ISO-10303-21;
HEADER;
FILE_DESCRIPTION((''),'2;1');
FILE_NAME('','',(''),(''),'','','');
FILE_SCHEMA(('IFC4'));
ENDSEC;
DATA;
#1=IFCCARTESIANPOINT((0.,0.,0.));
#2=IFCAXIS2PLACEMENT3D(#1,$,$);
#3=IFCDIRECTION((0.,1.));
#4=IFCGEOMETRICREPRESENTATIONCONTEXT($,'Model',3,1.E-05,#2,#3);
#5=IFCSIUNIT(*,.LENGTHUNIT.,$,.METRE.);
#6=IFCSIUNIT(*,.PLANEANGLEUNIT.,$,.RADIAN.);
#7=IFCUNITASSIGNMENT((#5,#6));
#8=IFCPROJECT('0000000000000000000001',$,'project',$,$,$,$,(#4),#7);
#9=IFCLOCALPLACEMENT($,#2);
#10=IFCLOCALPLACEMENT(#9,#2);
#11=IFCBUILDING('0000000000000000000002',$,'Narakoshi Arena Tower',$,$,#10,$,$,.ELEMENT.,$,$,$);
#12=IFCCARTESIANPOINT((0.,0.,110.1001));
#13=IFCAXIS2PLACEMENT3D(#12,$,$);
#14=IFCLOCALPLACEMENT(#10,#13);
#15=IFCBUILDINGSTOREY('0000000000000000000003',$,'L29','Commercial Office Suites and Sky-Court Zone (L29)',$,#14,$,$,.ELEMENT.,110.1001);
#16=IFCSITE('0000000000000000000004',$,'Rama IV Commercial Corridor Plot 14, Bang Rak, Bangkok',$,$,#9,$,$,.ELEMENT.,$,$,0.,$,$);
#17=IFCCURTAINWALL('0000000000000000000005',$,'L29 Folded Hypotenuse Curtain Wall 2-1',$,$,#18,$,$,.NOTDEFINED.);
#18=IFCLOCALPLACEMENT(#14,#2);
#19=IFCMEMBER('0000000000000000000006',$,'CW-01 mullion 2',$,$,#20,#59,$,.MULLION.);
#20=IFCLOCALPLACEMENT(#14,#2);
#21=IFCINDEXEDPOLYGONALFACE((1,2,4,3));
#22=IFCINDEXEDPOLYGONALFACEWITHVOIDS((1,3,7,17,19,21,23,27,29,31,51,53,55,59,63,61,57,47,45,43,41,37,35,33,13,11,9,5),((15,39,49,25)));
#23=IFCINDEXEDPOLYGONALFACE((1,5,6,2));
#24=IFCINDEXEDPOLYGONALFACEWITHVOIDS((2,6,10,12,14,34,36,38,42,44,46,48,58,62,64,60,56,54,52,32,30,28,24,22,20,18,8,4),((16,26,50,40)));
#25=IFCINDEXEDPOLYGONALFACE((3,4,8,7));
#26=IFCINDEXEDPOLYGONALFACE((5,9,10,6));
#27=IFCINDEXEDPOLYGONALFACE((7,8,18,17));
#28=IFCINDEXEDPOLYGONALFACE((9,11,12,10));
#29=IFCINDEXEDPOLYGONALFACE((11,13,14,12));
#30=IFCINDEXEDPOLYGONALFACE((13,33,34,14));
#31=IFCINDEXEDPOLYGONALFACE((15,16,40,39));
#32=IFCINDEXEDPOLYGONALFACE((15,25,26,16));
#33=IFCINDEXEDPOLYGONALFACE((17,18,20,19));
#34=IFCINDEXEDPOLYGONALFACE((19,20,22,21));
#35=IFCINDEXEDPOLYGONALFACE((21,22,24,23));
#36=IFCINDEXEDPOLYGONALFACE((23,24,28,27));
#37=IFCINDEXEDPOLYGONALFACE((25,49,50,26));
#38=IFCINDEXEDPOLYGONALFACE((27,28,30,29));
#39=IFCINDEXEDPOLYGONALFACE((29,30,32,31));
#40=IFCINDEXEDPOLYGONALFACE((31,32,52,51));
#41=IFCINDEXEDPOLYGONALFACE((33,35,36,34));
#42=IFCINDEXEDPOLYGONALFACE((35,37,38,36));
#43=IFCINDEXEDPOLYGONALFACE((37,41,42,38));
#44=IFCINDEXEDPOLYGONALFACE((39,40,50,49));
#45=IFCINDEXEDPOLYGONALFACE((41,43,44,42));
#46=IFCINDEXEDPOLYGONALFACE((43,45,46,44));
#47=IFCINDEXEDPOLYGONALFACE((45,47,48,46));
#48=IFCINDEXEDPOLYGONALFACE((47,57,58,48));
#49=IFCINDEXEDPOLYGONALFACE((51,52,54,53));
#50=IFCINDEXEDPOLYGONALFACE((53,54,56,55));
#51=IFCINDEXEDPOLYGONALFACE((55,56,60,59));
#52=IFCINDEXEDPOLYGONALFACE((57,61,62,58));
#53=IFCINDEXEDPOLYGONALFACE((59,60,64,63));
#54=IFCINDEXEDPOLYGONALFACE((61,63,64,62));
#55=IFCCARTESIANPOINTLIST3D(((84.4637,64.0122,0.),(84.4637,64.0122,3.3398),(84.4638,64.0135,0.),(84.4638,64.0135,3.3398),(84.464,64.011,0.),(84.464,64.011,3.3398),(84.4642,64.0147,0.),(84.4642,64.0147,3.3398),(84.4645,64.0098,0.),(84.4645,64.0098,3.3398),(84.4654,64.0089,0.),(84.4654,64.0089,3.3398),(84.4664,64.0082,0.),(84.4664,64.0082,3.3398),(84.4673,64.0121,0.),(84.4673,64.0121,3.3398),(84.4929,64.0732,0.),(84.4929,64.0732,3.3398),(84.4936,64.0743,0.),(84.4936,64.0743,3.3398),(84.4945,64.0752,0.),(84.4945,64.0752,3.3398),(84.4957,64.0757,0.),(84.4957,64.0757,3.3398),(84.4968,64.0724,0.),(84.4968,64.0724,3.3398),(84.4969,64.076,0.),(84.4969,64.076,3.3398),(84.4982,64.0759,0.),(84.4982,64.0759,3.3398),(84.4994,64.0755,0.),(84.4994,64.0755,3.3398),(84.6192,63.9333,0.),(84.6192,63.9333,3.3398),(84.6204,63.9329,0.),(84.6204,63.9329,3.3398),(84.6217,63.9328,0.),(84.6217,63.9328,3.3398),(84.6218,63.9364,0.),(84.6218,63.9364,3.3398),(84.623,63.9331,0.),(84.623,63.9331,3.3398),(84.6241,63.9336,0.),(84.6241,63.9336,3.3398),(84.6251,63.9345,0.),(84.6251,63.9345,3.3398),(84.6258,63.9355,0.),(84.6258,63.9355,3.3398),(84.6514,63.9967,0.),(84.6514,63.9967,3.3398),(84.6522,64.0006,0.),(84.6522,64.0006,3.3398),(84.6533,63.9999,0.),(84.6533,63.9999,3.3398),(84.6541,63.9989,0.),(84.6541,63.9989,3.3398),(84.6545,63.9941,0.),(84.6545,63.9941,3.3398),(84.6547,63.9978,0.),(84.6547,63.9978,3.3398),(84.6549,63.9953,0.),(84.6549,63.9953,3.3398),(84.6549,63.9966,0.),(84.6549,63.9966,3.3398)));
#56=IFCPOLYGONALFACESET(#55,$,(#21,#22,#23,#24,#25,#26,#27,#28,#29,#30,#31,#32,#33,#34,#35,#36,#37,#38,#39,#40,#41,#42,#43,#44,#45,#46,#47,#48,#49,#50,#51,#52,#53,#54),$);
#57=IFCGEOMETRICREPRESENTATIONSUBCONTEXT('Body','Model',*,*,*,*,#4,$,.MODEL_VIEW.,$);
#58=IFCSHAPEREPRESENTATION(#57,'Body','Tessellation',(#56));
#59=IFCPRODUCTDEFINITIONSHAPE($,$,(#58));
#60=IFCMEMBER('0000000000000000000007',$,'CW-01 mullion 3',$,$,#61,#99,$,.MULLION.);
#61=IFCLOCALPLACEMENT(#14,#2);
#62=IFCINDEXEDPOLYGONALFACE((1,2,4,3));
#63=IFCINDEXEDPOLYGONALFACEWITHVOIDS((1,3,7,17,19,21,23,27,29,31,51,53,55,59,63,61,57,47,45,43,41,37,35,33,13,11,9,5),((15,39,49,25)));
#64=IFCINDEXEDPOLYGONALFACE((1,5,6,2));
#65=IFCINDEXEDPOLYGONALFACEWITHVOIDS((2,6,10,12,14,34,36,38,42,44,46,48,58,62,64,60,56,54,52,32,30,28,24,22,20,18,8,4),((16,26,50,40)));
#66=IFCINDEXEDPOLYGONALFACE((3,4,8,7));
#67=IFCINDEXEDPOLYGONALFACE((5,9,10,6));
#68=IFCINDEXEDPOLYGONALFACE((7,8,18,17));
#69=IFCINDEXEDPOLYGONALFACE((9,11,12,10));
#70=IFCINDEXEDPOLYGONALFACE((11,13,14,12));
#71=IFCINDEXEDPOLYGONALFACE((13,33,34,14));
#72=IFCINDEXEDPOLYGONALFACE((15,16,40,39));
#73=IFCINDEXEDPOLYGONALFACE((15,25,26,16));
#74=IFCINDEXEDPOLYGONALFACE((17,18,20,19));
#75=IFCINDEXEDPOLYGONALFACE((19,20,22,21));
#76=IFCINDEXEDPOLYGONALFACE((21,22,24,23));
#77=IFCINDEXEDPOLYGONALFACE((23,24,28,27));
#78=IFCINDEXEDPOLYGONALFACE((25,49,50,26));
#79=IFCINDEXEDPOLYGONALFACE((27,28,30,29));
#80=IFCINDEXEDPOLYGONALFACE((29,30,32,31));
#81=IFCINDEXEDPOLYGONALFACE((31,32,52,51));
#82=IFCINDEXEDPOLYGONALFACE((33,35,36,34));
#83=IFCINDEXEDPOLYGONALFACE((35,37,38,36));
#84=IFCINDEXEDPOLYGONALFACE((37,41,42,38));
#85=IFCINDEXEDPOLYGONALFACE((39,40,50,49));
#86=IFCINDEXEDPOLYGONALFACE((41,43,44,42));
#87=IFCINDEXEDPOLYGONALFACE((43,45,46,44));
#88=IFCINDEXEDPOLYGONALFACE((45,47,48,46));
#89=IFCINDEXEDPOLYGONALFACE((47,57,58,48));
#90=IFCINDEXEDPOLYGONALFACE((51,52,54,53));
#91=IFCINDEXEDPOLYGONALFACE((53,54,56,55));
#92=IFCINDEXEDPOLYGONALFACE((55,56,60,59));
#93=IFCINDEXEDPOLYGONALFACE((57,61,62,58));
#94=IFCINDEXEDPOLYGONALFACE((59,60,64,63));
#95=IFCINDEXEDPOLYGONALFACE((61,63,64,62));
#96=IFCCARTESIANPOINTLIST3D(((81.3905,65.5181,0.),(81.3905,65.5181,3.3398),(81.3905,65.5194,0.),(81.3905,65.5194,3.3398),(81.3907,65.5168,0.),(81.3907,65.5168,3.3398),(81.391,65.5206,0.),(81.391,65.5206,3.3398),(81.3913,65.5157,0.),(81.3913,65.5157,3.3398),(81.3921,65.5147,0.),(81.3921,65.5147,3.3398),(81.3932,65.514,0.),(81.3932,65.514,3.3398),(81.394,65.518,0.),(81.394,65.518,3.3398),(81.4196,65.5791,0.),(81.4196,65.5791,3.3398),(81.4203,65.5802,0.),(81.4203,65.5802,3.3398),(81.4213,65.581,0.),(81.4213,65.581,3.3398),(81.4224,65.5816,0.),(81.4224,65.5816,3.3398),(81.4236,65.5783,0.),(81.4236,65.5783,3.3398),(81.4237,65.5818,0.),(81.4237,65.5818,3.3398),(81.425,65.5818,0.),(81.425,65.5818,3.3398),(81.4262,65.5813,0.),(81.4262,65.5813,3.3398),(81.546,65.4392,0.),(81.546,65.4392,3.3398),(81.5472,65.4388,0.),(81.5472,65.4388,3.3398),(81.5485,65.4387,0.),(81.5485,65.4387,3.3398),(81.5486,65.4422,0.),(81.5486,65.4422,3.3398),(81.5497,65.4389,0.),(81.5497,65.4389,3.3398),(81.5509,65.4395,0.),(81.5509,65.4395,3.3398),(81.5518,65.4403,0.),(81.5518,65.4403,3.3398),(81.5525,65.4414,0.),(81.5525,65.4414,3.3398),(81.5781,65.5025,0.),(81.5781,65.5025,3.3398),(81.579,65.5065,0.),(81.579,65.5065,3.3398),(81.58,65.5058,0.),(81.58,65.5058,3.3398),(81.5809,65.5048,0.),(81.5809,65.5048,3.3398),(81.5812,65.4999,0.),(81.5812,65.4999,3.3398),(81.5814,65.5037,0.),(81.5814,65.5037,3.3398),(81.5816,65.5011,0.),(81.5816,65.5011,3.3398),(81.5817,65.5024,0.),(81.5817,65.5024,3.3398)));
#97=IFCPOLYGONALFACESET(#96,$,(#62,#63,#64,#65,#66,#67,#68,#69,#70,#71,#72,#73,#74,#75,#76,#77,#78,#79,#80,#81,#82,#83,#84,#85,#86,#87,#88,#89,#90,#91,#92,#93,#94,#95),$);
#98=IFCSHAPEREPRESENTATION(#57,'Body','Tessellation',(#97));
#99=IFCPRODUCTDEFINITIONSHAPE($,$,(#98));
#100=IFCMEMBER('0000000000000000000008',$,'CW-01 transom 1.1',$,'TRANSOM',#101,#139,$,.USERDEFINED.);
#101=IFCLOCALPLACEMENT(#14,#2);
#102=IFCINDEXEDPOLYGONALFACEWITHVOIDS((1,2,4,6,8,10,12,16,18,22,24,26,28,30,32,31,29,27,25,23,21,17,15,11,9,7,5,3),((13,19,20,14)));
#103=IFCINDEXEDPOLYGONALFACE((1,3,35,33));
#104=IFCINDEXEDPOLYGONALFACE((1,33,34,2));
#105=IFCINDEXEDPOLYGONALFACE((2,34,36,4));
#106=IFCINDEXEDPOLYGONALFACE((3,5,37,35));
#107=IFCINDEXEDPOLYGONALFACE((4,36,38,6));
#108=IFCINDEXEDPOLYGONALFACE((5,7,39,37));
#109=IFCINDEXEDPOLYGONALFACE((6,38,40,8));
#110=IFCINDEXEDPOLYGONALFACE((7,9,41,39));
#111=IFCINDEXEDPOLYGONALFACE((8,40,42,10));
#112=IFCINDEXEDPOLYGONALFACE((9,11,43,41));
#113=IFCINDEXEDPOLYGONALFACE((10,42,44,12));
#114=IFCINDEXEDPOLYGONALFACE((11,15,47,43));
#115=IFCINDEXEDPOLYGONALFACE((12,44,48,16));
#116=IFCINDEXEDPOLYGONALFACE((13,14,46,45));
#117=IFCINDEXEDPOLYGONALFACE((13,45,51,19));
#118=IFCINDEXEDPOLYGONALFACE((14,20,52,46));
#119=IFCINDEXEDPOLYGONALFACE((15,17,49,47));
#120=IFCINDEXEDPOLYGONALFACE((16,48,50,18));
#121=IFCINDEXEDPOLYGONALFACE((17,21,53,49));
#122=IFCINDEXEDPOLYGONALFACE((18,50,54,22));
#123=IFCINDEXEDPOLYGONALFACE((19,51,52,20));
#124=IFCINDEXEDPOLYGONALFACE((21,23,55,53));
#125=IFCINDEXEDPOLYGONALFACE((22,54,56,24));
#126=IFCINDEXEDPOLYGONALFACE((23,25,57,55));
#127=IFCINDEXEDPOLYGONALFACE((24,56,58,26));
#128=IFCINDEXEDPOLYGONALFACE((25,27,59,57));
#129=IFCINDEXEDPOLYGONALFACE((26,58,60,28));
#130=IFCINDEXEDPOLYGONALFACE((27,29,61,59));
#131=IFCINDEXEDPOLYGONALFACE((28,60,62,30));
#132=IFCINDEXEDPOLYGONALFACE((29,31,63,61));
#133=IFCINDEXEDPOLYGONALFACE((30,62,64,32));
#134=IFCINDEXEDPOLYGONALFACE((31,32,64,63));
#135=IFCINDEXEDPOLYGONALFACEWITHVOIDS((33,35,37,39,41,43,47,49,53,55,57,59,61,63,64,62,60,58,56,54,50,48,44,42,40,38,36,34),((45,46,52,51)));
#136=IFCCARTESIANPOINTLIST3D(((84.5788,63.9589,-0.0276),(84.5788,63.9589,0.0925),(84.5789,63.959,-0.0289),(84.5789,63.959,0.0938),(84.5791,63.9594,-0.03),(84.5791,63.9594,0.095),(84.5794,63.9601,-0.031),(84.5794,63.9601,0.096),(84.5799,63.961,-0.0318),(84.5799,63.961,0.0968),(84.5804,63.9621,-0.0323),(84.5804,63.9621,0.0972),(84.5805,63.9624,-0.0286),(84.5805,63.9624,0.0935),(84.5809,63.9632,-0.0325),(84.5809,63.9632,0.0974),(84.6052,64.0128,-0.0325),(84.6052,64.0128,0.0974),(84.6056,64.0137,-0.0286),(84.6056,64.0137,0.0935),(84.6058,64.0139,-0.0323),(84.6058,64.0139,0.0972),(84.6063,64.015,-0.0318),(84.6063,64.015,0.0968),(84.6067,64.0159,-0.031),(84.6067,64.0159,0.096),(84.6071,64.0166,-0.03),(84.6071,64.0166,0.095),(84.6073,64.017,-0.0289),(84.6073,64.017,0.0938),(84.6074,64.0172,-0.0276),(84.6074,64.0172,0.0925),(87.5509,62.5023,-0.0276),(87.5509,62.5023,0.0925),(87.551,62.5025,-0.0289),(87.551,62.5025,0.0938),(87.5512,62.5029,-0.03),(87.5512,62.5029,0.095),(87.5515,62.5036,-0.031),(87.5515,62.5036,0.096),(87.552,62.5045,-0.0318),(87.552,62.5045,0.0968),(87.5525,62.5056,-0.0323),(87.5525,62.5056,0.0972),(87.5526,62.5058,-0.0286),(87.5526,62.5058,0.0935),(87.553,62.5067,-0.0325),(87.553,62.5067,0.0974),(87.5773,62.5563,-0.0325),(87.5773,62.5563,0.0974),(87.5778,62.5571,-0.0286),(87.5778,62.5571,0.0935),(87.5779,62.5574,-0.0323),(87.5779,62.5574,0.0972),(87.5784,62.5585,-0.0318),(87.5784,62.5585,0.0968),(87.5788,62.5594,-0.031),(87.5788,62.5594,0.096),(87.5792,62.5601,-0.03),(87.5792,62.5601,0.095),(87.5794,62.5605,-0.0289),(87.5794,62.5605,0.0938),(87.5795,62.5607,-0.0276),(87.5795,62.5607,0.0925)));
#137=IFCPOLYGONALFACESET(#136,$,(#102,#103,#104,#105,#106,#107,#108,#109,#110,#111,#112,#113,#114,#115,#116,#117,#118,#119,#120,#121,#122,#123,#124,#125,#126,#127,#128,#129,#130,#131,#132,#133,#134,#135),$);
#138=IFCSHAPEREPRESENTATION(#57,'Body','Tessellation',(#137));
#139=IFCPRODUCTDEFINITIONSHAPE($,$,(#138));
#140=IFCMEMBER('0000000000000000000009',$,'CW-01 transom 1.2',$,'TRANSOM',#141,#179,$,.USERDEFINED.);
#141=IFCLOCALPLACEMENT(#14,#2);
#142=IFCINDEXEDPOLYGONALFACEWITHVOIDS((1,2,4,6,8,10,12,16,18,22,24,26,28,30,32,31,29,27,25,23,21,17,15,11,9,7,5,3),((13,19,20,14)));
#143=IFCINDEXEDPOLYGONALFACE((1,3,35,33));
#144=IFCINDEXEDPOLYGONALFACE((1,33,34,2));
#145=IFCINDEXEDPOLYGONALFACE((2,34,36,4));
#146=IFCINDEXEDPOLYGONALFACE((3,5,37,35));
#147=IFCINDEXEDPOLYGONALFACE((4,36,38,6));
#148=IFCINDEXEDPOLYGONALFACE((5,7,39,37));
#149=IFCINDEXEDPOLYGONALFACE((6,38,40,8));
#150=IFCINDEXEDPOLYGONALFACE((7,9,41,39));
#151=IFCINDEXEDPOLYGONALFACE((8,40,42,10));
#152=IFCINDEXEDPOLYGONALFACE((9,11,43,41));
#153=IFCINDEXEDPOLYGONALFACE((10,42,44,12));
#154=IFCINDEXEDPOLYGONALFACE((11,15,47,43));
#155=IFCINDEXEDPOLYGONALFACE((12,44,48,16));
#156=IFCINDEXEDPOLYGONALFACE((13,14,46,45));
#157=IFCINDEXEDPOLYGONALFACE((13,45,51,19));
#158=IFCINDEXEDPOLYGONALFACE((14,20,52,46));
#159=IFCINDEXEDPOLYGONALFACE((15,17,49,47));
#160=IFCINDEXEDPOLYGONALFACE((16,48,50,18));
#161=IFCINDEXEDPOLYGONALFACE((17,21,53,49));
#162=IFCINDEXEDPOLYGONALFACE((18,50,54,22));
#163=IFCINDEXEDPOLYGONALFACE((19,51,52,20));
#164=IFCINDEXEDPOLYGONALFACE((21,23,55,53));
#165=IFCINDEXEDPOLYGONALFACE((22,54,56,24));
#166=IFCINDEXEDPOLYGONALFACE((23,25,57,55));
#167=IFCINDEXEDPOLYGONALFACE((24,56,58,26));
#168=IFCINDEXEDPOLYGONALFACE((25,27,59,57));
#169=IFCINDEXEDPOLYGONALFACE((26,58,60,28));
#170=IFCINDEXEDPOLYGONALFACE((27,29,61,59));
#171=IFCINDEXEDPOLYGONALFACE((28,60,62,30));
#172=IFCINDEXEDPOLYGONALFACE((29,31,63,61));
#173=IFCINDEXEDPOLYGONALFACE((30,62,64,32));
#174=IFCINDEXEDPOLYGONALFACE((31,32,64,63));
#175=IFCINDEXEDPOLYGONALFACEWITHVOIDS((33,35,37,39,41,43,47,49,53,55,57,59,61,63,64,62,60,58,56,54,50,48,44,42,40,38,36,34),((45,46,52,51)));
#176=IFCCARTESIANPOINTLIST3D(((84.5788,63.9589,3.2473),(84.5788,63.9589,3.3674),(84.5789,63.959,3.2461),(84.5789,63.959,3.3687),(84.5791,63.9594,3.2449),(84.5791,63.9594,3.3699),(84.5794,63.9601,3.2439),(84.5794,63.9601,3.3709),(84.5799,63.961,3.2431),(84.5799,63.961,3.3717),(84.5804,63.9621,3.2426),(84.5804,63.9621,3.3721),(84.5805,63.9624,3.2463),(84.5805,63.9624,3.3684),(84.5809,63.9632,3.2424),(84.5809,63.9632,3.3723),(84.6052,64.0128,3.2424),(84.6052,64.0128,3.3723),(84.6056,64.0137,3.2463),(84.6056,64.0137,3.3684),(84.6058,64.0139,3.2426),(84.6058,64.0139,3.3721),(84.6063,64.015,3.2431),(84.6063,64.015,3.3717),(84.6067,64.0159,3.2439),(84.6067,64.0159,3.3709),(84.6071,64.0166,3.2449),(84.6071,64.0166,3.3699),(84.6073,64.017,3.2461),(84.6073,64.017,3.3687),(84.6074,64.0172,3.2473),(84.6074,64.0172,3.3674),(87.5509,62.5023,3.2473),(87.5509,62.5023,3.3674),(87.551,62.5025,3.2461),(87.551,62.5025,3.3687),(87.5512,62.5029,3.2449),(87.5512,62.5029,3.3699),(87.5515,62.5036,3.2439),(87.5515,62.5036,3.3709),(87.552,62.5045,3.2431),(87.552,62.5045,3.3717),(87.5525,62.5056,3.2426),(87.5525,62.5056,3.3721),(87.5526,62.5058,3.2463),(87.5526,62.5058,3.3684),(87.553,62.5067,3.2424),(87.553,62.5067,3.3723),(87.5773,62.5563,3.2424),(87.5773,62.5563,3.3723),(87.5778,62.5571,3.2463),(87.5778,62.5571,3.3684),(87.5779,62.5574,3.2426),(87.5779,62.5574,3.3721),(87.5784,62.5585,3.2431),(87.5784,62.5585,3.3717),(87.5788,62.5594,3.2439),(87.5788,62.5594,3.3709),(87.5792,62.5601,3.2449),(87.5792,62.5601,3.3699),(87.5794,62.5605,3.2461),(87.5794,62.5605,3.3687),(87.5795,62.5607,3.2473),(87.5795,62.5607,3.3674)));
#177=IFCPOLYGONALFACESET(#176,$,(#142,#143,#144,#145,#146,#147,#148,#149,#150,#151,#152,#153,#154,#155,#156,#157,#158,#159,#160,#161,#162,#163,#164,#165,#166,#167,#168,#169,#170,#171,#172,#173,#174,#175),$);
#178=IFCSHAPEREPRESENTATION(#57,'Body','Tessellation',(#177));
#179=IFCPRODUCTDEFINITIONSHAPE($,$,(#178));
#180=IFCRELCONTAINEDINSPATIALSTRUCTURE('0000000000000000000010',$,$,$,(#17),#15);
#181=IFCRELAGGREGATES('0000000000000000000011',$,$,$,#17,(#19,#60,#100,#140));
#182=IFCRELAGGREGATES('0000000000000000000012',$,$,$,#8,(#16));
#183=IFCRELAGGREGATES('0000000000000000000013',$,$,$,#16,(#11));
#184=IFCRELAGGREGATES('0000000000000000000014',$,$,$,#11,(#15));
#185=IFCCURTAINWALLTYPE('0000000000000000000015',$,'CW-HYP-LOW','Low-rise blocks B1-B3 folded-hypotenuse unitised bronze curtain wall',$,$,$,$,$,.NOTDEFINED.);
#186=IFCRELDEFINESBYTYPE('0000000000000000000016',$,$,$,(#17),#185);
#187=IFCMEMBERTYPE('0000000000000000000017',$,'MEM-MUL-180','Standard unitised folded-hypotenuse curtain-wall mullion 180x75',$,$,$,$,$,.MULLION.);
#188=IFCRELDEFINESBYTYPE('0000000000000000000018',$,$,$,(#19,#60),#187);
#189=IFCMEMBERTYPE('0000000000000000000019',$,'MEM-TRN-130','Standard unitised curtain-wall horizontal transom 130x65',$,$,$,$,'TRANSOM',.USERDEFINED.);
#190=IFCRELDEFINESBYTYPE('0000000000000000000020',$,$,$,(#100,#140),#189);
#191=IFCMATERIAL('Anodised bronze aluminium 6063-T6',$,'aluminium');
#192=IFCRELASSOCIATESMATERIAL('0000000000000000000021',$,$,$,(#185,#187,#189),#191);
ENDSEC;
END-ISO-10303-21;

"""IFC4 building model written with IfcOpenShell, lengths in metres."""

from ifc_helpers import new_model, si_unit, direction, frame, origin, origin_2d, place, context, subcontext, project, spatial, hollow_rectangle, extrude, material, material_profile, profile_set, type_object, element, aggregate, save


model = new_model("IFC4")

# Units and contexts
model_context = context("Model", 3, precision=1e-05, world=origin(), true_north=direction((0.0, 1.0)))
body_context = subcontext(model_context, "Body", "Model", "MODEL_VIEW")
ifc_project = project(units=[si_unit("LENGTHUNIT", "METRE"), si_unit("PLANEANGLEUNIT", "RADIAN")], contexts=[model_context])

# Site, building, storey
site_placement = place(None, origin())
site = spatial("IfcSite", under=ifc_project, at=site_placement, Name="Rama IV Commercial Corridor Plot 14, Bang Rak, Bangkok", CompositionType="ELEMENT", RefElevation=0.0)
building_placement = place(site_placement, origin())
building = spatial("IfcBuilding", under=site, at=building_placement, Name="Narakoshi Arena Tower", CompositionType="ELEMENT")
storey_placement = place(building_placement, frame((0.0, 0.0, 110.1001)))
storey = spatial("IfcBuildingStorey", under=building, at=storey_placement, Name="L29", Description="Commercial Office Suites and Sky-Court Zone (L29)", CompositionType="ELEMENT", Elevation=110.1001)

# Curtain wall, members
ifc_material_1 = material(Name="Anodised bronze aluminium 6063-T6", Category="aluminium")
curtain_wall_type = type_object("IfcCurtainWallType", Name="CW-HYP-LOW", Description="Low-rise blocks B1-B3 folded-hypotenuse unitised bronze curtain wall", PredefinedType="NOTDEFINED", material=ifc_material_1)
curtain_wall_placement = place(storey_placement, origin())
curtain_wall = element("IfcCurtainWall", 1, at=curtain_wall_placement, inside=storey, type_object=curtain_wall_type, Name="L29 Folded Hypotenuse Curtain Wall 2-1", PredefinedType="NOTDEFINED")
ifc_material_profile_1 = material_profile(ifc_material_1, hollow_rectangle(XDim=0.075, YDim=0.1799, WallThickness=0.0039, OuterFilletRadius=0.0049, at=origin_2d()), Name="MUL180x75x4")
ifc_profile_set_1 = profile_set([ifc_material_profile_1], Name="Anodised bronze aluminium 6063-T6")
member_type_1 = type_object("IfcMemberType", Name="MEM-MUL-180", Description="Standard unitised folded-hypotenuse curtain-wall mullion 180x75", PredefinedType="MULLION", material=ifc_profile_set_1)
member_1_placement = place(storey_placement, frame((84.5593, 64.0044, 0.0), z_axis=(0.0, 0.0, 1.0), x_axis=(-0.440005, -0.897996, 0.0)))
member_1 = element("IfcMember", 2, at=member_1_placement, type_object=member_type_1, Name="CW-01 mullion 2", PredefinedType="MULLION", context=body_context, shape_type="SweptSolid", body=[
    extrude(hollow_rectangle(XDim=0.075, YDim=0.1799, WallThickness=0.0039, OuterFilletRadius=0.0049, at=origin_2d()), origin(), (0.0, 0.0, 1.0), 3.3398),
])
member_2_placement = place(storey_placement, frame((81.4861, 65.5103, 0.0), z_axis=(0.0, 0.0, 1.0), x_axis=(-0.440005, -0.897996, 0.0)))
member_2 = element("IfcMember", 3, at=member_2_placement, type_object=member_type_1, Name="CW-01 mullion 3", PredefinedType="MULLION", context=body_context, shape_type="SweptSolid", body=[
    extrude(hollow_rectangle(XDim=0.075, YDim=0.1799, WallThickness=0.0039, OuterFilletRadius=0.0049, at=origin_2d()), origin(), (0.0, 0.0, 1.0), 3.3398),
])
ifc_material_profile_2 = material_profile(ifc_material_1, hollow_rectangle(XDim=0.0649, YDim=0.1299, WallThickness=0.0039, OuterFilletRadius=0.0049, at=origin_2d()), Name="TRN130x65x4")
ifc_profile_set_2 = profile_set([ifc_material_profile_2], Name="Anodised bronze aluminium 6063-T6")
member_type_2 = type_object("IfcMemberType", Name="MEM-TRN-130", Description="Standard unitised curtain-wall horizontal transom 130x65", ElementType="TRANSOM", PredefinedType="USERDEFINED", material=ifc_profile_set_2)
member_3_placement = place(storey_placement, frame((87.5652, 62.5315, 0.0325), z_axis=(-0.897969, 0.440059, 0.0), x_axis=(-0.440059, -0.897969, 0.0)))
member_3 = element("IfcMember", 4, at=member_3_placement, type_object=member_type_2, Name="CW-01 transom 1.1", ObjectType="TRANSOM", PredefinedType="USERDEFINED", context=body_context, shape_type="SweptSolid", body=[
    extrude(hollow_rectangle(XDim=0.0649, YDim=0.1299, WallThickness=0.0039, OuterFilletRadius=0.0049, at=origin_2d()), origin(), (0.0, 0.0, 1.0), 3.3098),
])
member_4_placement = place(storey_placement, frame((87.5652, 62.5315, 3.3074), z_axis=(-0.897969, 0.440059, 0.0), x_axis=(-0.440059, -0.897969, 0.0)))
member_4 = element("IfcMember", 5, at=member_4_placement, type_object=member_type_2, Name="CW-01 transom 1.2", ObjectType="TRANSOM", PredefinedType="USERDEFINED", context=body_context, shape_type="SweptSolid", body=[
    extrude(hollow_rectangle(XDim=0.0649, YDim=0.1299, WallThickness=0.0039, OuterFilletRadius=0.0049, at=origin_2d()), origin(), (0.0, 0.0, 1.0), 3.3098),
])
aggregate(curtain_wall, [member_1, member_2, member_3, member_4])

save(model, "model.ifc")
